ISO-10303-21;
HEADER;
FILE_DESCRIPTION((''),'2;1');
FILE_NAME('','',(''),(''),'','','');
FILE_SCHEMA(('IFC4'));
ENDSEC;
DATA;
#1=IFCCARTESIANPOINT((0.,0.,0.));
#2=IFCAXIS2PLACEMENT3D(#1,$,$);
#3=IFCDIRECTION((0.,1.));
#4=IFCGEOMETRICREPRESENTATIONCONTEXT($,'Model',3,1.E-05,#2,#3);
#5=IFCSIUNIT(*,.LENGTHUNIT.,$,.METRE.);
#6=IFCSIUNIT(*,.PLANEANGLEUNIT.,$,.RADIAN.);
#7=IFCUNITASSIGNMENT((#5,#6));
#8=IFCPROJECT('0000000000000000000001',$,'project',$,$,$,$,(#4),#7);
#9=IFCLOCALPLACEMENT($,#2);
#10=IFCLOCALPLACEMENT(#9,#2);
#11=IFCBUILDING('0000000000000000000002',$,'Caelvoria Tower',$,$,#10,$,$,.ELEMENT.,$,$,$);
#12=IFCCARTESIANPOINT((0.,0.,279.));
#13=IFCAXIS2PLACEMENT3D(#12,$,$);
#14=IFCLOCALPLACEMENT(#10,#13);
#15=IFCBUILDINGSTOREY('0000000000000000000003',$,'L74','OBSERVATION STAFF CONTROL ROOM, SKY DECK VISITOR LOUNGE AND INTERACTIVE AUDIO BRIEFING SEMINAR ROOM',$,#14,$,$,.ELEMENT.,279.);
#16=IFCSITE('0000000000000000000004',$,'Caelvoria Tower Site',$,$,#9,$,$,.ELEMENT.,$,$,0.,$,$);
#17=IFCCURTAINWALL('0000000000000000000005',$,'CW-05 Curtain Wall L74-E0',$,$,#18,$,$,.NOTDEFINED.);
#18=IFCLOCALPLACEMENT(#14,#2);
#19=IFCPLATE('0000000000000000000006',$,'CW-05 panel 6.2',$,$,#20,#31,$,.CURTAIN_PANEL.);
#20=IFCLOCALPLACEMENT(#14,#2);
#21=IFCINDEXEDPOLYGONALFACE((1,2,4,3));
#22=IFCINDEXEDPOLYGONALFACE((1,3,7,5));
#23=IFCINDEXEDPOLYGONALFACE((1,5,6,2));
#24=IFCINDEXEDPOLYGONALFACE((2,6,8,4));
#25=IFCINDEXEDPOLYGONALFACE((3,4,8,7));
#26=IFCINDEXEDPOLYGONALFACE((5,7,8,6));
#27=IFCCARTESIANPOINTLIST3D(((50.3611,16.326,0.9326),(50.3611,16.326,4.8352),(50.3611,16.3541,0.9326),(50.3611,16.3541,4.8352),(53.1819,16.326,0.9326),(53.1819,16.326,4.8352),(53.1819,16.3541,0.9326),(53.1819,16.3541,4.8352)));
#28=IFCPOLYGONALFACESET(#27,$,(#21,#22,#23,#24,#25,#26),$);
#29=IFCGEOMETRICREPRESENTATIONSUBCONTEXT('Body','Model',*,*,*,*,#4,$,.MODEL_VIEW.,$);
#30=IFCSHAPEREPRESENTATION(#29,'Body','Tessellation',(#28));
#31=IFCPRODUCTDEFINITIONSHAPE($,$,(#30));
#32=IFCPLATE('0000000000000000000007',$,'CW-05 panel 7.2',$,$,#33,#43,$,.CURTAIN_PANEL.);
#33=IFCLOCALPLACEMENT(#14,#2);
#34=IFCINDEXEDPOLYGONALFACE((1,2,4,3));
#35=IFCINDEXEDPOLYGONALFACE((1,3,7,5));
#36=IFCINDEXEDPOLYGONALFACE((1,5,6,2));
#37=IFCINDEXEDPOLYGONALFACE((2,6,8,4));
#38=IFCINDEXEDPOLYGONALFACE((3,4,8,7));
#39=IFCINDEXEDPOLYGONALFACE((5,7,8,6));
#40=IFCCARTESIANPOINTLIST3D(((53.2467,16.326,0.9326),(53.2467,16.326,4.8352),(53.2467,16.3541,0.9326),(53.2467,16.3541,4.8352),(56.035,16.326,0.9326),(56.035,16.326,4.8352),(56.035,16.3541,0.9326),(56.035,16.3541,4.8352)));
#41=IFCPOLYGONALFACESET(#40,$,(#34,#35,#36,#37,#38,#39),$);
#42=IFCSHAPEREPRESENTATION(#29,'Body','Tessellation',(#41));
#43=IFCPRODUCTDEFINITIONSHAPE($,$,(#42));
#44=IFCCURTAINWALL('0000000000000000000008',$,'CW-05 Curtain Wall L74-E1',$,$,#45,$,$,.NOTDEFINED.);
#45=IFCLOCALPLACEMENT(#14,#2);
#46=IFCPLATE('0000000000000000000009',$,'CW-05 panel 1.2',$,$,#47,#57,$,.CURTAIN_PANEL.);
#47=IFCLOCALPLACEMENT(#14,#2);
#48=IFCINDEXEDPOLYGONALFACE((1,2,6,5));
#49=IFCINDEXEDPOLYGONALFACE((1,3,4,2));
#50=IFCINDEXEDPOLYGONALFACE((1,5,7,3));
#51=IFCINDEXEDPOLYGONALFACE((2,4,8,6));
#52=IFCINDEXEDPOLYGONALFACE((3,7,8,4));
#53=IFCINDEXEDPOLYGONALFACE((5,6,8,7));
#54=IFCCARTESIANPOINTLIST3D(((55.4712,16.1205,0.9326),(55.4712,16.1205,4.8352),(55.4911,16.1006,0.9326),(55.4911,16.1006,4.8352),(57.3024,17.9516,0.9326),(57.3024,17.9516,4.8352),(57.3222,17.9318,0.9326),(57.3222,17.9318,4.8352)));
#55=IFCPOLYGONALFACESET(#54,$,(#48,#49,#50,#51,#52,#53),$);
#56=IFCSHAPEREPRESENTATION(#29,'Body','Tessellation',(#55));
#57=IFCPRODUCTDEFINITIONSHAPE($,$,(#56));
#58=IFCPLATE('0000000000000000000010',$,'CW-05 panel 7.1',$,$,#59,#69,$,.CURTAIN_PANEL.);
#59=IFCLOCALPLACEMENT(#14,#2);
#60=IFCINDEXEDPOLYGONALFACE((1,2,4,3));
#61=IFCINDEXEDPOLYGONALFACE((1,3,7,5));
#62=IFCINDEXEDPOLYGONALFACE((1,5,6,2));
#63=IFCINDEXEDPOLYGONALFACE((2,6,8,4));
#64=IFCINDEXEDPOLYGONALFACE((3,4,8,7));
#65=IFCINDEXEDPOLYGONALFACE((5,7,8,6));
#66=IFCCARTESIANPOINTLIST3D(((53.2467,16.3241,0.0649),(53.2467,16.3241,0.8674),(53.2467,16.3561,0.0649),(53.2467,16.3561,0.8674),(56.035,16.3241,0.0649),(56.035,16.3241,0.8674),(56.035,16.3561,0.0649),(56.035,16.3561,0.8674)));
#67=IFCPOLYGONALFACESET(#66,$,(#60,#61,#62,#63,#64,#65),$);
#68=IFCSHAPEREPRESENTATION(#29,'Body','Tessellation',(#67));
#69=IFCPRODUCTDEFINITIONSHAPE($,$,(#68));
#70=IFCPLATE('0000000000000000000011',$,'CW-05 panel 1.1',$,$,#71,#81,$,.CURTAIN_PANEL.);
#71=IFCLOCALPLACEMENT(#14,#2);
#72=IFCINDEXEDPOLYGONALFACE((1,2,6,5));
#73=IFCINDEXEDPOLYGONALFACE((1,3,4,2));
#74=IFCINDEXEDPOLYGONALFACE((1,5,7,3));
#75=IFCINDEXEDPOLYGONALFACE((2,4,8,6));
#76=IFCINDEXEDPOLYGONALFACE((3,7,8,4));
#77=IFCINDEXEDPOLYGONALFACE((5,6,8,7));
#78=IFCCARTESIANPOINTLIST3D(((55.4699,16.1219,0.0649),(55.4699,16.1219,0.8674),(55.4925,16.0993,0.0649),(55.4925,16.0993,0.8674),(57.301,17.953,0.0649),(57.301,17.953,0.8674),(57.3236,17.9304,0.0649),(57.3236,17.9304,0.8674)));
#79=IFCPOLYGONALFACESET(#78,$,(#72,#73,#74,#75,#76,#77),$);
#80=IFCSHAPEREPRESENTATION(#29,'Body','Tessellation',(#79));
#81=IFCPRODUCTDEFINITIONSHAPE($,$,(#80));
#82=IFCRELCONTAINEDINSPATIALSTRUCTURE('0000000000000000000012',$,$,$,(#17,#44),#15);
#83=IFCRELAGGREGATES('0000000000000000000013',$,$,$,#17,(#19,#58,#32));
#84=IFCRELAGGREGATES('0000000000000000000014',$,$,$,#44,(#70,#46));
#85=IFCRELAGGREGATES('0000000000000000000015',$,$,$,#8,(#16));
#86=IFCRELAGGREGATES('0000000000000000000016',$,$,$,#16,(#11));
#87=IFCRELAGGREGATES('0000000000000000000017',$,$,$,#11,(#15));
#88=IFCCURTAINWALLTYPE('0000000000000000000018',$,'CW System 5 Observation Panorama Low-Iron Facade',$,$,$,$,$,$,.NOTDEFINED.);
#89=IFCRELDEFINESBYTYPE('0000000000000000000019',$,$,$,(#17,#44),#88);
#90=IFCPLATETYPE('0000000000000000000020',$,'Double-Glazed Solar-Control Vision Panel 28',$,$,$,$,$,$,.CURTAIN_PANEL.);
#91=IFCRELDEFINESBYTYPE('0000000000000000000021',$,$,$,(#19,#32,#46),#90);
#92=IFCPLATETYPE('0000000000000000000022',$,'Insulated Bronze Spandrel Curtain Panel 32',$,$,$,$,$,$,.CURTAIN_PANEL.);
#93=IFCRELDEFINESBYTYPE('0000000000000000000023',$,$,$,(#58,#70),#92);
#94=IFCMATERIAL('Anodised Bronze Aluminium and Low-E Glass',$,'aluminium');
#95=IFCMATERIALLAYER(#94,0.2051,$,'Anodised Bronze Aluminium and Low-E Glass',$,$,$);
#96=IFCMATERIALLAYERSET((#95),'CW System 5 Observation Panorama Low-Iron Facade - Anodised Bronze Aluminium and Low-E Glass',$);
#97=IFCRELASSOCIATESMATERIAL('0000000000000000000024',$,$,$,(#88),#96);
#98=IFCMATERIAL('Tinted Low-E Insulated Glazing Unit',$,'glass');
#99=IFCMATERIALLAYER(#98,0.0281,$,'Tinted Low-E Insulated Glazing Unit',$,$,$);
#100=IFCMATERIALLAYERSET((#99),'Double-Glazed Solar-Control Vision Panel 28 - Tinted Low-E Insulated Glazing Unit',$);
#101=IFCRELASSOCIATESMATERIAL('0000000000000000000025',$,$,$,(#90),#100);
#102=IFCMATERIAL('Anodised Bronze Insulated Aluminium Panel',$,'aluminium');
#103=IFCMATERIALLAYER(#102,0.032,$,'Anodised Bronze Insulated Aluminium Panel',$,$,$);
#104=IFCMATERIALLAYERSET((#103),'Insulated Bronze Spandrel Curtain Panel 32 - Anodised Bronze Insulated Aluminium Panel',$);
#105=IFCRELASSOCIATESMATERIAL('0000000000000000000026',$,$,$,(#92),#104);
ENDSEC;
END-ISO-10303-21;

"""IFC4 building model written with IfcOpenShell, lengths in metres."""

from ifc_helpers import new_model, si_unit, direction, frame, origin, origin_2d, place, context, subcontext, project, spatial, rectangle, extrude, material, layer, layer_set, type_object, element, aggregate, save


model = new_model("IFC4")

# Units and contexts
model_context = context("Model", 3, precision=1e-05, world=origin(), true_north=direction((0.0, 1.0)))
body_context = subcontext(model_context, "Body", "Model", "MODEL_VIEW")
ifc_project = project(units=[si_unit("LENGTHUNIT", "METRE"), si_unit("PLANEANGLEUNIT", "RADIAN")], contexts=[model_context])

# Site, building, storey
site_placement = place(None, origin())
site = spatial("IfcSite", under=ifc_project, at=site_placement, Name="Caelvoria Tower Site", CompositionType="ELEMENT", RefElevation=0.0)
building_placement = place(site_placement, origin())
building = spatial("IfcBuilding", under=site, at=building_placement, Name="Caelvoria Tower", CompositionType="ELEMENT")
storey_placement = place(building_placement, frame((0.0, 0.0, 279.0)))
storey = spatial("IfcBuildingStorey", under=building, at=storey_placement, Name="L74", Description="OBSERVATION STAFF CONTROL ROOM, SKY DECK VISITOR LOUNGE AND INTERACTIVE AUDIO BRIEFING SEMINAR ROOM", CompositionType="ELEMENT", Elevation=279.0)

# Curtain wall
ifc_material_1 = material(Name="Anodised Bronze Aluminium and Low-E Glass", Category="aluminium")
ifc_layer_1 = layer(ifc_material_1, 0.2051, Name="Anodised Bronze Aluminium and Low-E Glass")
ifc_layer_set_1 = layer_set([ifc_layer_1], Name="CW System 5 Observation Panorama Low-Iron Facade - Anodised Bronze Aluminium and Low-E Glass")
curtain_wall_type = type_object("IfcCurtainWallType", Name="CW System 5 Observation Panorama Low-Iron Facade", PredefinedType="NOTDEFINED", material=ifc_layer_set_1)
curtain_wall_1_placement = place(storey_placement, origin())
curtain_wall_1 = element("IfcCurtainWall", 1, at=curtain_wall_1_placement, inside=storey, type_object=curtain_wall_type, Name="CW-05 Curtain Wall L74-E0", PredefinedType="NOTDEFINED")

# Plates
ifc_material_2 = material(Name="Tinted Low-E Insulated Glazing Unit", Category="glass")
ifc_layer_2 = layer(ifc_material_2, 0.0281, Name="Tinted Low-E Insulated Glazing Unit")
ifc_layer_set_2 = layer_set([ifc_layer_2], Name="Double-Glazed Solar-Control Vision Panel 28 - Tinted Low-E Insulated Glazing Unit")
plate_type_1 = type_object("IfcPlateType", Name="Double-Glazed Solar-Control Vision Panel 28", PredefinedType="CURTAIN_PANEL", material=ifc_layer_set_2)
plate_1_placement = place(storey_placement, frame((51.7715, 16.3401, 0.9326), z_axis=(0.0, 0.0, 1.0), x_axis=(1.0, 0.0, 0.0)))
plate_1 = element("IfcPlate", 2, at=plate_1_placement, type_object=plate_type_1, Name="CW-05 panel 6.2", PredefinedType="CURTAIN_PANEL", context=body_context, shape_type="SweptSolid", body=[
    extrude(rectangle(XDim=2.8208, YDim=0.0281, at=origin_2d()), origin(), (0.0, 0.0, 1.0), 3.9026),
])
plate_2_placement = place(storey_placement, frame((54.6409, 16.3401, 0.9326), z_axis=(0.0, 0.0, 1.0), x_axis=(1.0, 0.0, 0.0)))
plate_2 = element("IfcPlate", 3, at=plate_2_placement, type_object=plate_type_1, Name="CW-05 panel 7.2", PredefinedType="CURTAIN_PANEL", context=body_context, shape_type="SweptSolid", body=[
    extrude(rectangle(XDim=2.7883, YDim=0.0281, at=origin_2d()), origin(), (0.0, 0.0, 1.0), 3.9026),
])

# Curtain wall, plate
curtain_wall_2_placement = place(storey_placement, origin())
curtain_wall_2 = element("IfcCurtainWall", 4, at=curtain_wall_2_placement, inside=storey, type_object=curtain_wall_type, Name="CW-05 Curtain Wall L74-E1", PredefinedType="NOTDEFINED")
plate_3_placement = place(storey_placement, frame((56.3967, 17.0261, 0.9326), z_axis=(0.0, 0.0, 1.0), x_axis=(0.707107, 0.707107, 0.0)))
plate_3 = element("IfcPlate", 5, at=plate_3_placement, type_object=plate_type_1, Name="CW-05 panel 1.2", PredefinedType="CURTAIN_PANEL", context=body_context, shape_type="SweptSolid", body=[
    extrude(rectangle(XDim=2.5896, YDim=0.0281, at=origin_2d()), origin(), (0.0, 0.0, 1.0), 3.9026),
])

# Plates
ifc_material_3 = material(Name="Anodised Bronze Insulated Aluminium Panel", Category="aluminium")
ifc_layer_3 = layer(ifc_material_3, 0.032, Name="Anodised Bronze Insulated Aluminium Panel")
ifc_layer_set_3 = layer_set([ifc_layer_3], Name="Insulated Bronze Spandrel Curtain Panel 32 - Anodised Bronze Insulated Aluminium Panel")
plate_type_2 = type_object("IfcPlateType", Name="Insulated Bronze Spandrel Curtain Panel 32", PredefinedType="CURTAIN_PANEL", material=ifc_layer_set_3)
plate_4_placement = place(storey_placement, frame((54.6409, 16.3401, 0.0649), z_axis=(0.0, 0.0, 1.0), x_axis=(1.0, 0.0, 0.0)))
plate_4 = element("IfcPlate", 6, at=plate_4_placement, type_object=plate_type_2, Name="CW-05 panel 7.1", PredefinedType="CURTAIN_PANEL", context=body_context, shape_type="SweptSolid", body=[
    extrude(rectangle(XDim=2.7883, YDim=0.032, at=origin_2d()), origin(), (0.0, 0.0, 1.0), 0.8025),
])
aggregate(curtain_wall_1, [plate_1, plate_4, plate_2])
plate_5_placement = place(storey_placement, frame((56.3967, 17.0261, 0.0649), z_axis=(0.0, 0.0, 1.0), x_axis=(0.707107, 0.707107, 0.0)))
plate_5 = element("IfcPlate", 7, at=plate_5_placement, type_object=plate_type_2, Name="CW-05 panel 1.1", PredefinedType="CURTAIN_PANEL", context=body_context, shape_type="SweptSolid", body=[
    extrude(rectangle(XDim=2.5896, YDim=0.032, at=origin_2d()), origin(), (0.0, 0.0, 1.0), 0.8025),
])
aggregate(curtain_wall_2, [plate_5, plate_3])

save(model, "model.ifc")
